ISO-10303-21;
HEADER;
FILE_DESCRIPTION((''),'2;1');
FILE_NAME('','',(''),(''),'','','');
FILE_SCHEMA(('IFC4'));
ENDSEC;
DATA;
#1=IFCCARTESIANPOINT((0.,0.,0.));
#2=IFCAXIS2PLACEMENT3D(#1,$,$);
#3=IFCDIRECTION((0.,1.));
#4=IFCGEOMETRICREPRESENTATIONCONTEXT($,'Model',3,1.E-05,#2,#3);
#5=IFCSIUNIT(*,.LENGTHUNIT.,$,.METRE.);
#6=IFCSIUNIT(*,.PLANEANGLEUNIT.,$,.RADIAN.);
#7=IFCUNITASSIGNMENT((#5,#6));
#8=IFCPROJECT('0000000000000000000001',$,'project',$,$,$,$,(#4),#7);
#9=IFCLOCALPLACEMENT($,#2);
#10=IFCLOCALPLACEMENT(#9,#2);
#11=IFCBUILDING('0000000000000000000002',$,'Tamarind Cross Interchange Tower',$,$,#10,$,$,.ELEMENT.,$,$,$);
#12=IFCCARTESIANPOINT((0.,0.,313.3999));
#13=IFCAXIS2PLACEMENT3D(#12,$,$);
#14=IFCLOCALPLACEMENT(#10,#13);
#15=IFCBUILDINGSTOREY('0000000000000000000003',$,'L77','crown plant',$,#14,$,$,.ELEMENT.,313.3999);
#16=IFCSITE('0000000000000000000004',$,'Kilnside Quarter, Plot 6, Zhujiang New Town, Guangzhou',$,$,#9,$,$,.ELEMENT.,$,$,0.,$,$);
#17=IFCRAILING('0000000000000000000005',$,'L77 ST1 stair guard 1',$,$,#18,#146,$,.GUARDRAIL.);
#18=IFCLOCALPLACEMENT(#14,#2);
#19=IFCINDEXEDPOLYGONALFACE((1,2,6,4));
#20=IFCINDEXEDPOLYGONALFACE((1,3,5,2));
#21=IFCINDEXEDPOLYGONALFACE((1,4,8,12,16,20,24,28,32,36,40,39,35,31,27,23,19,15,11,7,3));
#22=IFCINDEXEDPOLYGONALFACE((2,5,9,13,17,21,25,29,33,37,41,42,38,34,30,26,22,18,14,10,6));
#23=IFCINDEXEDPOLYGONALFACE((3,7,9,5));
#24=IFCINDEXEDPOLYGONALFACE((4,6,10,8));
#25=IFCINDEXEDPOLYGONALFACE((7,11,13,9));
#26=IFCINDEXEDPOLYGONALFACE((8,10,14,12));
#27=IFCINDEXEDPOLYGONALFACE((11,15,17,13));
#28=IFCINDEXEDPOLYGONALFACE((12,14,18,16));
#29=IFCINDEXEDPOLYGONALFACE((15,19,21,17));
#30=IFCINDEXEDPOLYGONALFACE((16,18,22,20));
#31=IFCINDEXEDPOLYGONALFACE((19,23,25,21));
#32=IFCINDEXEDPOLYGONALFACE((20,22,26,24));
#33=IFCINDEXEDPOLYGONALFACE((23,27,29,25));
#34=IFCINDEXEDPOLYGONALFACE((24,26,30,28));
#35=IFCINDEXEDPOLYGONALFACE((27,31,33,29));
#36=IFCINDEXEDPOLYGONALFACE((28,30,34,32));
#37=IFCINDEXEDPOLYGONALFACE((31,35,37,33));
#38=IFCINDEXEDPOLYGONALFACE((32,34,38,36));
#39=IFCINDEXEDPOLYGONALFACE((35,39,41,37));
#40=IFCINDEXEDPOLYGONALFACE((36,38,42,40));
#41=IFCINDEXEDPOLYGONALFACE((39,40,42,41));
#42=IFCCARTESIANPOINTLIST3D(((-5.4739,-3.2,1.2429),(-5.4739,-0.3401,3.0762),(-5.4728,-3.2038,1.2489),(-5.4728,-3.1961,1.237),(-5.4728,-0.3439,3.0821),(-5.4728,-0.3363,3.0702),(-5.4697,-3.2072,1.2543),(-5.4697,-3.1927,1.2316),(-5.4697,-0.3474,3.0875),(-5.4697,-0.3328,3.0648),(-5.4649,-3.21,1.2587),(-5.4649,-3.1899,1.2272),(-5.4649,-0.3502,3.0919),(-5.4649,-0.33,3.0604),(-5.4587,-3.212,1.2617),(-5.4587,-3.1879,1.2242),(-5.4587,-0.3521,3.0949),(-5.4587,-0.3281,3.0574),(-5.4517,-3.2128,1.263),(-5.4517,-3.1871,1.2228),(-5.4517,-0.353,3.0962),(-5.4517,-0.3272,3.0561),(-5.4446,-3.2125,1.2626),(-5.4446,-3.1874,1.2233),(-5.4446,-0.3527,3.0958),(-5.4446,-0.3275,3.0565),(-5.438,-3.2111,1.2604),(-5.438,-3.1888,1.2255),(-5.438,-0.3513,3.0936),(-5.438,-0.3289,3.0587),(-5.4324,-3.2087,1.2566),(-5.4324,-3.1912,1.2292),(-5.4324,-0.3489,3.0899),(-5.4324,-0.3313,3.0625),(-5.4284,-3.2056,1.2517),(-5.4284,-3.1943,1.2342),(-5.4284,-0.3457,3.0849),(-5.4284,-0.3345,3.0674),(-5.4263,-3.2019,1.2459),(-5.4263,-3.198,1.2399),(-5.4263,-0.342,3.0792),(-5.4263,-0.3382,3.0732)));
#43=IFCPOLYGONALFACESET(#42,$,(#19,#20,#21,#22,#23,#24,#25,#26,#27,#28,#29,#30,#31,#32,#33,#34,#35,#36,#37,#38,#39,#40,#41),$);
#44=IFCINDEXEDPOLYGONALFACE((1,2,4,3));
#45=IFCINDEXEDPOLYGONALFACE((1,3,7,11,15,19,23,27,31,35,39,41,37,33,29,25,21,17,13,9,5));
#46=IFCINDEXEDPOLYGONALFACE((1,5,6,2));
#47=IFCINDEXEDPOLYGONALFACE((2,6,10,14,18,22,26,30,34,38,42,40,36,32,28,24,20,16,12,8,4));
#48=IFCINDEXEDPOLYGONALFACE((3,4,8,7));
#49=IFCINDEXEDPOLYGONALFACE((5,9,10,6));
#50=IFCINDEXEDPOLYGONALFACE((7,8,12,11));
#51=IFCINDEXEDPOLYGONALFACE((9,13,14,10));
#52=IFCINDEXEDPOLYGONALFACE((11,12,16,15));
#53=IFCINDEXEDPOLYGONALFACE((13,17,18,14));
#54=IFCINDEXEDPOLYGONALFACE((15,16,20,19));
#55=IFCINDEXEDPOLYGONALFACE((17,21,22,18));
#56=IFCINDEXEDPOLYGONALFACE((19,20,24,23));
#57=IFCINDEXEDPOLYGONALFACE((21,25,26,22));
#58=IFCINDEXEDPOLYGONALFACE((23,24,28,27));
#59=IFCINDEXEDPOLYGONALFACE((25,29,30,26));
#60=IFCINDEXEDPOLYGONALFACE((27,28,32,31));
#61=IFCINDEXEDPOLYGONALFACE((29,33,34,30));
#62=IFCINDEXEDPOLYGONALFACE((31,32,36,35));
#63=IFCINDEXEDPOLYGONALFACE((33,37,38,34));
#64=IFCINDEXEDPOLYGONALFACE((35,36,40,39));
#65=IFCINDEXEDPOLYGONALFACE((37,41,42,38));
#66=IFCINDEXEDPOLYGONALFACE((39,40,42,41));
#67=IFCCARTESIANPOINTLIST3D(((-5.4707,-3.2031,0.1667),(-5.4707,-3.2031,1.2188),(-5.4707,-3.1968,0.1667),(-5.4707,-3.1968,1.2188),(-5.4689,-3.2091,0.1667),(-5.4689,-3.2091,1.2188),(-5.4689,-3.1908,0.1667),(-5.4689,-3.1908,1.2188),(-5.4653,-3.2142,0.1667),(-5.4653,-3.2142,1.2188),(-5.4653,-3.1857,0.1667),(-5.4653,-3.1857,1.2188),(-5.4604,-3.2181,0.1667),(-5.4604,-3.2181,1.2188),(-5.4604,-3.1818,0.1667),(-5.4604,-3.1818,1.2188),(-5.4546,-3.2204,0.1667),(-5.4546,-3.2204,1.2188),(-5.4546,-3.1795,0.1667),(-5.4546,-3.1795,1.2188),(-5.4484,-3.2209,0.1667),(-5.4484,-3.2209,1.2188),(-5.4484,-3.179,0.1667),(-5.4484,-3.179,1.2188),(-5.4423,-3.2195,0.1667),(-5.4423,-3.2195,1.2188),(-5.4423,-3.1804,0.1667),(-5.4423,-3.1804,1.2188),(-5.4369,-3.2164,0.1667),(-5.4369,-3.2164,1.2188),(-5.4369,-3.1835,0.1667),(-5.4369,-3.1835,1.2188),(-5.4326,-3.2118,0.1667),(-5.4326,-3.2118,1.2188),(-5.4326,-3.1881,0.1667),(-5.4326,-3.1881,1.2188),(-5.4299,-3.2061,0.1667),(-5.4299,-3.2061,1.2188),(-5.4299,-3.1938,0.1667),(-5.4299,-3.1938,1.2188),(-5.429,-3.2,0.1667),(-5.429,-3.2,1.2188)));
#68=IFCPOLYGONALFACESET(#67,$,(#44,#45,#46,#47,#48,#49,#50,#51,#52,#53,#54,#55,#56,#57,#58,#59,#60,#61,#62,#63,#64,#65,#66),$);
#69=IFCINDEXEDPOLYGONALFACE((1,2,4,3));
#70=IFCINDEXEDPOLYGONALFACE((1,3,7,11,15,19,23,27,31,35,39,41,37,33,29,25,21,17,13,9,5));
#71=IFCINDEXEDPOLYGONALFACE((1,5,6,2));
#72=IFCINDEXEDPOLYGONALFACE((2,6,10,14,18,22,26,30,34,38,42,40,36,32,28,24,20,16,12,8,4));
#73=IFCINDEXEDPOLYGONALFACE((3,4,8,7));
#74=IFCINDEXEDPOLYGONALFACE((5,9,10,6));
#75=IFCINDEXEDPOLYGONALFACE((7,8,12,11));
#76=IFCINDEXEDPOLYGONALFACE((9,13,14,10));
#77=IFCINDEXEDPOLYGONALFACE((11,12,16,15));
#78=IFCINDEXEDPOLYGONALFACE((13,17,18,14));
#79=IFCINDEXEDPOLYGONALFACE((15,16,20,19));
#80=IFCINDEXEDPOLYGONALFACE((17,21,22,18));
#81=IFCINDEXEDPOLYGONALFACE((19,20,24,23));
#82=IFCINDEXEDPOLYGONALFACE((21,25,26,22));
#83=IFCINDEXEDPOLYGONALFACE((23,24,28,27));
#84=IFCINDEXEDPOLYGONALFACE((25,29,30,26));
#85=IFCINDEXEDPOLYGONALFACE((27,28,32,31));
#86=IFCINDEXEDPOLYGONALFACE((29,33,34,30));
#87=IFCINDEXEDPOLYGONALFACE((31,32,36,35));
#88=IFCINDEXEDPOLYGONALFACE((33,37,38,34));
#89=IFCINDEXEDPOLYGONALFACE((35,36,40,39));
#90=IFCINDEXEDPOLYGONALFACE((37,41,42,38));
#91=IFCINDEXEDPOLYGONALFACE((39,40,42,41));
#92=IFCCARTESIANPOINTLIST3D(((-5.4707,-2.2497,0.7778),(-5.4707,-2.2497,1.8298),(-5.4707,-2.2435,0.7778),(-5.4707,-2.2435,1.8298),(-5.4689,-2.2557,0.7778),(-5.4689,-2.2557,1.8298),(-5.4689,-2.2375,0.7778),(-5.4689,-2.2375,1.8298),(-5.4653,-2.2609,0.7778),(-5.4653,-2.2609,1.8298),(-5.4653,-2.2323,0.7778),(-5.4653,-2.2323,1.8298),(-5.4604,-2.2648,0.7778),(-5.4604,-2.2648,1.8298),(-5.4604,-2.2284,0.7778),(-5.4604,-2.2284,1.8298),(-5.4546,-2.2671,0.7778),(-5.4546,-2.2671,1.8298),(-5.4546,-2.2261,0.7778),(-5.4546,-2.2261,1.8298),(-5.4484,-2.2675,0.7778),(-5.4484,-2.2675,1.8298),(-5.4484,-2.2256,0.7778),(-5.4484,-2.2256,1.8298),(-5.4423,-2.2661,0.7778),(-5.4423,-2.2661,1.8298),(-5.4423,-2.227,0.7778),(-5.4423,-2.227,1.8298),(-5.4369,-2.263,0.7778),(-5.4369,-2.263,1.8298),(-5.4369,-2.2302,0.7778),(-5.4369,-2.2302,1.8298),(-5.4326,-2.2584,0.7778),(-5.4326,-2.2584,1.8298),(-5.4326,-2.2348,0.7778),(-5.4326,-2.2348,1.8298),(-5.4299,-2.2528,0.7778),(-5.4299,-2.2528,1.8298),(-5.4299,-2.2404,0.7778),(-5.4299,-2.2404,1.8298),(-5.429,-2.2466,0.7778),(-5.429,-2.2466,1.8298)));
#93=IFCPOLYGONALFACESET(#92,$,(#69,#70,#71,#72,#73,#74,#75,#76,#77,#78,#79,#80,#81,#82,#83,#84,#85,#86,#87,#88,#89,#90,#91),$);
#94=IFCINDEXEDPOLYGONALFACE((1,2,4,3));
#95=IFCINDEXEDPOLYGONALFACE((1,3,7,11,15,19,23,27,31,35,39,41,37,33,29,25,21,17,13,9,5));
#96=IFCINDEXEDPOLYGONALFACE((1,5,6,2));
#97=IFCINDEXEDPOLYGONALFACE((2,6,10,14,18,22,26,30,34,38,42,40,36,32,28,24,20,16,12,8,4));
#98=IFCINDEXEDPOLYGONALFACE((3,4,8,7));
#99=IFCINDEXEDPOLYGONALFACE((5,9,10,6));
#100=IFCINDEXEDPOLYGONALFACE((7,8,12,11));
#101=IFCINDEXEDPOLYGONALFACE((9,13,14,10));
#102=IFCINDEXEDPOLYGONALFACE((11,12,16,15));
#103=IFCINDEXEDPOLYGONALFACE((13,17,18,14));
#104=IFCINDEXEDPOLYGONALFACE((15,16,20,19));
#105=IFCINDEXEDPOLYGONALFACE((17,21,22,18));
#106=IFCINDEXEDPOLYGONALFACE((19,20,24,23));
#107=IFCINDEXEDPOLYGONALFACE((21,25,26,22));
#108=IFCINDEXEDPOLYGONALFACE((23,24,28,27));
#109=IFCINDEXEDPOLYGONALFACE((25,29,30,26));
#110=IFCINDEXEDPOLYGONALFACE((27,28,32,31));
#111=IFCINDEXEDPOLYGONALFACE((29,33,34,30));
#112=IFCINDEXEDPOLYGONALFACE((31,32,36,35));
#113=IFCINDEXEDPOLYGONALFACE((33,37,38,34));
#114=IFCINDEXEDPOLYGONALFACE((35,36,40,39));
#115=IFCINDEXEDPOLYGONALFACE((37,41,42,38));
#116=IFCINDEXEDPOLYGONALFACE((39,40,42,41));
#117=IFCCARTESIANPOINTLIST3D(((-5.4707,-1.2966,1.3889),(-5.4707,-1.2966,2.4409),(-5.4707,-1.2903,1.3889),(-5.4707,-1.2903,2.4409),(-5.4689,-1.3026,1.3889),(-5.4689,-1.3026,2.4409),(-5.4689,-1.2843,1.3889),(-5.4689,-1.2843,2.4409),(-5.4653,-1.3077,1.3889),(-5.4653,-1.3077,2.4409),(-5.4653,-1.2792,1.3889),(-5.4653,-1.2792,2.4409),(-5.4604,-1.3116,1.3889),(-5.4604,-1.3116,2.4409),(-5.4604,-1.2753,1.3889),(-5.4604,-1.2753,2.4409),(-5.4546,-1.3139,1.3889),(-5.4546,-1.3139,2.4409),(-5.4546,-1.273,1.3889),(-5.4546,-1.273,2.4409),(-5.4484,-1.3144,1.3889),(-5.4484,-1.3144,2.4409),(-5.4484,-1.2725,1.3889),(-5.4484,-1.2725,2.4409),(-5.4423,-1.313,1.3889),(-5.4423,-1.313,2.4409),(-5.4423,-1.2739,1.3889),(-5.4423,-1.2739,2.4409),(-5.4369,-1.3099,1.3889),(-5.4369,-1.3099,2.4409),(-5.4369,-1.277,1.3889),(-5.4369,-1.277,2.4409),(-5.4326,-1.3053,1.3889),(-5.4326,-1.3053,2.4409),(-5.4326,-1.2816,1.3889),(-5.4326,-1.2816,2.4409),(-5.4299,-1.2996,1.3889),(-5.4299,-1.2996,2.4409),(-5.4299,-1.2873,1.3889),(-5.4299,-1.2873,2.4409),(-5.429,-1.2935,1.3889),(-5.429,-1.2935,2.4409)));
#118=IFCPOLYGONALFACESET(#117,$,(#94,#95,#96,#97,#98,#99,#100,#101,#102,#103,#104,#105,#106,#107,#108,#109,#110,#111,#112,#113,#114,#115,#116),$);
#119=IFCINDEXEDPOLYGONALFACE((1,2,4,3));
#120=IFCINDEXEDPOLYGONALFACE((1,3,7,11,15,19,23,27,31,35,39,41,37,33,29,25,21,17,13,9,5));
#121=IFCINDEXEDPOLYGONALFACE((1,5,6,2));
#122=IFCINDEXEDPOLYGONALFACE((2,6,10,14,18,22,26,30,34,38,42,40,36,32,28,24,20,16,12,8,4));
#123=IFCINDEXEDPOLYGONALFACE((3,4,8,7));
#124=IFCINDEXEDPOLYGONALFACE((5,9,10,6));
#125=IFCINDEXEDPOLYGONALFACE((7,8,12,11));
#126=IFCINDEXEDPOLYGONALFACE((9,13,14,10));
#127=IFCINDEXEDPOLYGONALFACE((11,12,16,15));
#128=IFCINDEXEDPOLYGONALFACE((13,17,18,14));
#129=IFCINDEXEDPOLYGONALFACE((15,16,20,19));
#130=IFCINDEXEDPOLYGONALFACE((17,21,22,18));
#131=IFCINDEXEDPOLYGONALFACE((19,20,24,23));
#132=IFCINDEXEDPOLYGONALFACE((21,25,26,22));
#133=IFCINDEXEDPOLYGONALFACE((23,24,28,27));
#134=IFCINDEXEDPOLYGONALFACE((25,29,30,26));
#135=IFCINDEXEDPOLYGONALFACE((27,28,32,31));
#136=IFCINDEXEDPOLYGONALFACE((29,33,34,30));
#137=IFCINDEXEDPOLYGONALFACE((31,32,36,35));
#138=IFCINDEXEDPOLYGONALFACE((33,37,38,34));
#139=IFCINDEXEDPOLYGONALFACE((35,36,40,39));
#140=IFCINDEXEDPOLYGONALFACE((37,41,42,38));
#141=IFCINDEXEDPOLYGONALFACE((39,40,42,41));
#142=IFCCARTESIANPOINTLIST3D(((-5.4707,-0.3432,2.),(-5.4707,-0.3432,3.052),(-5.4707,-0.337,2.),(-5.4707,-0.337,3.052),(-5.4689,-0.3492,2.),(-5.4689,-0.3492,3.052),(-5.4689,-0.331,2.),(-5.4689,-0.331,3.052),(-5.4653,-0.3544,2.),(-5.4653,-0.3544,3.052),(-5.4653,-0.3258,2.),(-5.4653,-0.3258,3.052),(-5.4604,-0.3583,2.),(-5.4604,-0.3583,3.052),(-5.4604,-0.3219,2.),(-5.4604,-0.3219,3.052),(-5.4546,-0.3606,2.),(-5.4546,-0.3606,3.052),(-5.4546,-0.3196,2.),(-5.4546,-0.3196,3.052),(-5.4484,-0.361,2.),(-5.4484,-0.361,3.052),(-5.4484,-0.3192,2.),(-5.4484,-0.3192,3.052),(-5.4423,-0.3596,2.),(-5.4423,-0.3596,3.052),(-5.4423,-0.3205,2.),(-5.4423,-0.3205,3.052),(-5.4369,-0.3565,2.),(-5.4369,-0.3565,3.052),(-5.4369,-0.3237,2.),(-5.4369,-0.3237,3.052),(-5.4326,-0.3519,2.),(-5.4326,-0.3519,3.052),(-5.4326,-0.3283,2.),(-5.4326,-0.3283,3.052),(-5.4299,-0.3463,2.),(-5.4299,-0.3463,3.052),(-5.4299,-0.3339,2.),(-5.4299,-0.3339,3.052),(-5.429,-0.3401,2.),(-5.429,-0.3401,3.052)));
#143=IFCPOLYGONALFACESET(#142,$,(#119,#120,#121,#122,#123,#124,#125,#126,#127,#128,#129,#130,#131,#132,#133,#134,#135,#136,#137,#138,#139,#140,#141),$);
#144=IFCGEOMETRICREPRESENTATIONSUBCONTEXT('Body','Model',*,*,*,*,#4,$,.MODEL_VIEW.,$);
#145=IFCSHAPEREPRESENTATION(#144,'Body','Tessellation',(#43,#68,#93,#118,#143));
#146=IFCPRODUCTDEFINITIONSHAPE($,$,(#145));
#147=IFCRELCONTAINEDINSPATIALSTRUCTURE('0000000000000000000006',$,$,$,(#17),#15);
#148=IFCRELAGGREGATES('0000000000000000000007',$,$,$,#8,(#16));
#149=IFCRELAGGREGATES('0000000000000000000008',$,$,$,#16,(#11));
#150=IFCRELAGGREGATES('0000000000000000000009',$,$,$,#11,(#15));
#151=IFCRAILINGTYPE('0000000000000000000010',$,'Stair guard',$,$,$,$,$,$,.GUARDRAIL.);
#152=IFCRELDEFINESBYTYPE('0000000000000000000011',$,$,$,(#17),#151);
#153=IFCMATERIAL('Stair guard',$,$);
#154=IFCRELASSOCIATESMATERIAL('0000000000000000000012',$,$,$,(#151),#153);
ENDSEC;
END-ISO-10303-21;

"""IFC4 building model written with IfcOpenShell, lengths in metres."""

from ifc_helpers import new_model, si_unit, direction, frame, origin, origin_2d, place, context, subcontext, project, spatial, circle, extrude, material, type_object, element, save


model = new_model("IFC4")

# Units and contexts
model_context = context("Model", 3, precision=1e-05, world=origin(), true_north=direction((0.0, 1.0)))
body_context = subcontext(model_context, "Body", "Model", "MODEL_VIEW")
ifc_project = project(units=[si_unit("LENGTHUNIT", "METRE"), si_unit("PLANEANGLEUNIT", "RADIAN")], contexts=[model_context])

# Site, building, storey
site_placement = place(None, origin())
site = spatial("IfcSite", under=ifc_project, at=site_placement, Name="Kilnside Quarter, Plot 6, Zhujiang New Town, Guangzhou", CompositionType="ELEMENT", RefElevation=0.0)
building_placement = place(site_placement, origin())
building = spatial("IfcBuilding", under=site, at=building_placement, Name="Tamarind Cross Interchange Tower", CompositionType="ELEMENT")
storey_placement = place(building_placement, frame((0.0, 0.0, 313.3999)))
storey = spatial("IfcBuildingStorey", under=building, at=storey_placement, Name="L77", Description="crown plant", CompositionType="ELEMENT", Elevation=313.3999)

# Railing
ifc_material_1 = material(Name="Stair guard")
railing_type_1 = type_object("IfcRailingType", Name="Stair guard", PredefinedType="GUARDRAIL", material=ifc_material_1)
railing_1_placement = place(storey_placement, frame((-5.45, -3.2, 0.1667)))
element("IfcRailing", 1, at=railing_1_placement, inside=storey, type_object=railing_type_1, Name="L77 ST1 stair guard 1", PredefinedType="GUARDRAIL", context=body_context, shape_type="SweptSolid", body=[
    extrude(circle(Radius=0.0239, at=origin_2d()), frame((0.0, 0.0, 1.0762), z_axis=(0.0, 0.841878, 0.539667), x_axis=(-1.0, 0.0, 0.0)), (0.0, 0.0, 1.0), 3.397),
    extrude(circle(Radius=0.021, at=origin_2d()), origin(), (0.0, 0.0, 1.0), 1.052),
    extrude(circle(Radius=0.021, at=origin_2d()), frame((0.0, 0.9534, 0.6111)), (0.0, 0.0, 1.0), 1.052),
    extrude(circle(Radius=0.021, at=origin_2d()), frame((0.0, 1.9065, 1.2222)), (0.0, 0.0, 1.0), 1.052),
    extrude(circle(Radius=0.021, at=origin_2d()), frame((0.0, 2.8599, 1.8333)), (0.0, 0.0, 1.0), 1.052),
])

save(model, "model.ifc")
